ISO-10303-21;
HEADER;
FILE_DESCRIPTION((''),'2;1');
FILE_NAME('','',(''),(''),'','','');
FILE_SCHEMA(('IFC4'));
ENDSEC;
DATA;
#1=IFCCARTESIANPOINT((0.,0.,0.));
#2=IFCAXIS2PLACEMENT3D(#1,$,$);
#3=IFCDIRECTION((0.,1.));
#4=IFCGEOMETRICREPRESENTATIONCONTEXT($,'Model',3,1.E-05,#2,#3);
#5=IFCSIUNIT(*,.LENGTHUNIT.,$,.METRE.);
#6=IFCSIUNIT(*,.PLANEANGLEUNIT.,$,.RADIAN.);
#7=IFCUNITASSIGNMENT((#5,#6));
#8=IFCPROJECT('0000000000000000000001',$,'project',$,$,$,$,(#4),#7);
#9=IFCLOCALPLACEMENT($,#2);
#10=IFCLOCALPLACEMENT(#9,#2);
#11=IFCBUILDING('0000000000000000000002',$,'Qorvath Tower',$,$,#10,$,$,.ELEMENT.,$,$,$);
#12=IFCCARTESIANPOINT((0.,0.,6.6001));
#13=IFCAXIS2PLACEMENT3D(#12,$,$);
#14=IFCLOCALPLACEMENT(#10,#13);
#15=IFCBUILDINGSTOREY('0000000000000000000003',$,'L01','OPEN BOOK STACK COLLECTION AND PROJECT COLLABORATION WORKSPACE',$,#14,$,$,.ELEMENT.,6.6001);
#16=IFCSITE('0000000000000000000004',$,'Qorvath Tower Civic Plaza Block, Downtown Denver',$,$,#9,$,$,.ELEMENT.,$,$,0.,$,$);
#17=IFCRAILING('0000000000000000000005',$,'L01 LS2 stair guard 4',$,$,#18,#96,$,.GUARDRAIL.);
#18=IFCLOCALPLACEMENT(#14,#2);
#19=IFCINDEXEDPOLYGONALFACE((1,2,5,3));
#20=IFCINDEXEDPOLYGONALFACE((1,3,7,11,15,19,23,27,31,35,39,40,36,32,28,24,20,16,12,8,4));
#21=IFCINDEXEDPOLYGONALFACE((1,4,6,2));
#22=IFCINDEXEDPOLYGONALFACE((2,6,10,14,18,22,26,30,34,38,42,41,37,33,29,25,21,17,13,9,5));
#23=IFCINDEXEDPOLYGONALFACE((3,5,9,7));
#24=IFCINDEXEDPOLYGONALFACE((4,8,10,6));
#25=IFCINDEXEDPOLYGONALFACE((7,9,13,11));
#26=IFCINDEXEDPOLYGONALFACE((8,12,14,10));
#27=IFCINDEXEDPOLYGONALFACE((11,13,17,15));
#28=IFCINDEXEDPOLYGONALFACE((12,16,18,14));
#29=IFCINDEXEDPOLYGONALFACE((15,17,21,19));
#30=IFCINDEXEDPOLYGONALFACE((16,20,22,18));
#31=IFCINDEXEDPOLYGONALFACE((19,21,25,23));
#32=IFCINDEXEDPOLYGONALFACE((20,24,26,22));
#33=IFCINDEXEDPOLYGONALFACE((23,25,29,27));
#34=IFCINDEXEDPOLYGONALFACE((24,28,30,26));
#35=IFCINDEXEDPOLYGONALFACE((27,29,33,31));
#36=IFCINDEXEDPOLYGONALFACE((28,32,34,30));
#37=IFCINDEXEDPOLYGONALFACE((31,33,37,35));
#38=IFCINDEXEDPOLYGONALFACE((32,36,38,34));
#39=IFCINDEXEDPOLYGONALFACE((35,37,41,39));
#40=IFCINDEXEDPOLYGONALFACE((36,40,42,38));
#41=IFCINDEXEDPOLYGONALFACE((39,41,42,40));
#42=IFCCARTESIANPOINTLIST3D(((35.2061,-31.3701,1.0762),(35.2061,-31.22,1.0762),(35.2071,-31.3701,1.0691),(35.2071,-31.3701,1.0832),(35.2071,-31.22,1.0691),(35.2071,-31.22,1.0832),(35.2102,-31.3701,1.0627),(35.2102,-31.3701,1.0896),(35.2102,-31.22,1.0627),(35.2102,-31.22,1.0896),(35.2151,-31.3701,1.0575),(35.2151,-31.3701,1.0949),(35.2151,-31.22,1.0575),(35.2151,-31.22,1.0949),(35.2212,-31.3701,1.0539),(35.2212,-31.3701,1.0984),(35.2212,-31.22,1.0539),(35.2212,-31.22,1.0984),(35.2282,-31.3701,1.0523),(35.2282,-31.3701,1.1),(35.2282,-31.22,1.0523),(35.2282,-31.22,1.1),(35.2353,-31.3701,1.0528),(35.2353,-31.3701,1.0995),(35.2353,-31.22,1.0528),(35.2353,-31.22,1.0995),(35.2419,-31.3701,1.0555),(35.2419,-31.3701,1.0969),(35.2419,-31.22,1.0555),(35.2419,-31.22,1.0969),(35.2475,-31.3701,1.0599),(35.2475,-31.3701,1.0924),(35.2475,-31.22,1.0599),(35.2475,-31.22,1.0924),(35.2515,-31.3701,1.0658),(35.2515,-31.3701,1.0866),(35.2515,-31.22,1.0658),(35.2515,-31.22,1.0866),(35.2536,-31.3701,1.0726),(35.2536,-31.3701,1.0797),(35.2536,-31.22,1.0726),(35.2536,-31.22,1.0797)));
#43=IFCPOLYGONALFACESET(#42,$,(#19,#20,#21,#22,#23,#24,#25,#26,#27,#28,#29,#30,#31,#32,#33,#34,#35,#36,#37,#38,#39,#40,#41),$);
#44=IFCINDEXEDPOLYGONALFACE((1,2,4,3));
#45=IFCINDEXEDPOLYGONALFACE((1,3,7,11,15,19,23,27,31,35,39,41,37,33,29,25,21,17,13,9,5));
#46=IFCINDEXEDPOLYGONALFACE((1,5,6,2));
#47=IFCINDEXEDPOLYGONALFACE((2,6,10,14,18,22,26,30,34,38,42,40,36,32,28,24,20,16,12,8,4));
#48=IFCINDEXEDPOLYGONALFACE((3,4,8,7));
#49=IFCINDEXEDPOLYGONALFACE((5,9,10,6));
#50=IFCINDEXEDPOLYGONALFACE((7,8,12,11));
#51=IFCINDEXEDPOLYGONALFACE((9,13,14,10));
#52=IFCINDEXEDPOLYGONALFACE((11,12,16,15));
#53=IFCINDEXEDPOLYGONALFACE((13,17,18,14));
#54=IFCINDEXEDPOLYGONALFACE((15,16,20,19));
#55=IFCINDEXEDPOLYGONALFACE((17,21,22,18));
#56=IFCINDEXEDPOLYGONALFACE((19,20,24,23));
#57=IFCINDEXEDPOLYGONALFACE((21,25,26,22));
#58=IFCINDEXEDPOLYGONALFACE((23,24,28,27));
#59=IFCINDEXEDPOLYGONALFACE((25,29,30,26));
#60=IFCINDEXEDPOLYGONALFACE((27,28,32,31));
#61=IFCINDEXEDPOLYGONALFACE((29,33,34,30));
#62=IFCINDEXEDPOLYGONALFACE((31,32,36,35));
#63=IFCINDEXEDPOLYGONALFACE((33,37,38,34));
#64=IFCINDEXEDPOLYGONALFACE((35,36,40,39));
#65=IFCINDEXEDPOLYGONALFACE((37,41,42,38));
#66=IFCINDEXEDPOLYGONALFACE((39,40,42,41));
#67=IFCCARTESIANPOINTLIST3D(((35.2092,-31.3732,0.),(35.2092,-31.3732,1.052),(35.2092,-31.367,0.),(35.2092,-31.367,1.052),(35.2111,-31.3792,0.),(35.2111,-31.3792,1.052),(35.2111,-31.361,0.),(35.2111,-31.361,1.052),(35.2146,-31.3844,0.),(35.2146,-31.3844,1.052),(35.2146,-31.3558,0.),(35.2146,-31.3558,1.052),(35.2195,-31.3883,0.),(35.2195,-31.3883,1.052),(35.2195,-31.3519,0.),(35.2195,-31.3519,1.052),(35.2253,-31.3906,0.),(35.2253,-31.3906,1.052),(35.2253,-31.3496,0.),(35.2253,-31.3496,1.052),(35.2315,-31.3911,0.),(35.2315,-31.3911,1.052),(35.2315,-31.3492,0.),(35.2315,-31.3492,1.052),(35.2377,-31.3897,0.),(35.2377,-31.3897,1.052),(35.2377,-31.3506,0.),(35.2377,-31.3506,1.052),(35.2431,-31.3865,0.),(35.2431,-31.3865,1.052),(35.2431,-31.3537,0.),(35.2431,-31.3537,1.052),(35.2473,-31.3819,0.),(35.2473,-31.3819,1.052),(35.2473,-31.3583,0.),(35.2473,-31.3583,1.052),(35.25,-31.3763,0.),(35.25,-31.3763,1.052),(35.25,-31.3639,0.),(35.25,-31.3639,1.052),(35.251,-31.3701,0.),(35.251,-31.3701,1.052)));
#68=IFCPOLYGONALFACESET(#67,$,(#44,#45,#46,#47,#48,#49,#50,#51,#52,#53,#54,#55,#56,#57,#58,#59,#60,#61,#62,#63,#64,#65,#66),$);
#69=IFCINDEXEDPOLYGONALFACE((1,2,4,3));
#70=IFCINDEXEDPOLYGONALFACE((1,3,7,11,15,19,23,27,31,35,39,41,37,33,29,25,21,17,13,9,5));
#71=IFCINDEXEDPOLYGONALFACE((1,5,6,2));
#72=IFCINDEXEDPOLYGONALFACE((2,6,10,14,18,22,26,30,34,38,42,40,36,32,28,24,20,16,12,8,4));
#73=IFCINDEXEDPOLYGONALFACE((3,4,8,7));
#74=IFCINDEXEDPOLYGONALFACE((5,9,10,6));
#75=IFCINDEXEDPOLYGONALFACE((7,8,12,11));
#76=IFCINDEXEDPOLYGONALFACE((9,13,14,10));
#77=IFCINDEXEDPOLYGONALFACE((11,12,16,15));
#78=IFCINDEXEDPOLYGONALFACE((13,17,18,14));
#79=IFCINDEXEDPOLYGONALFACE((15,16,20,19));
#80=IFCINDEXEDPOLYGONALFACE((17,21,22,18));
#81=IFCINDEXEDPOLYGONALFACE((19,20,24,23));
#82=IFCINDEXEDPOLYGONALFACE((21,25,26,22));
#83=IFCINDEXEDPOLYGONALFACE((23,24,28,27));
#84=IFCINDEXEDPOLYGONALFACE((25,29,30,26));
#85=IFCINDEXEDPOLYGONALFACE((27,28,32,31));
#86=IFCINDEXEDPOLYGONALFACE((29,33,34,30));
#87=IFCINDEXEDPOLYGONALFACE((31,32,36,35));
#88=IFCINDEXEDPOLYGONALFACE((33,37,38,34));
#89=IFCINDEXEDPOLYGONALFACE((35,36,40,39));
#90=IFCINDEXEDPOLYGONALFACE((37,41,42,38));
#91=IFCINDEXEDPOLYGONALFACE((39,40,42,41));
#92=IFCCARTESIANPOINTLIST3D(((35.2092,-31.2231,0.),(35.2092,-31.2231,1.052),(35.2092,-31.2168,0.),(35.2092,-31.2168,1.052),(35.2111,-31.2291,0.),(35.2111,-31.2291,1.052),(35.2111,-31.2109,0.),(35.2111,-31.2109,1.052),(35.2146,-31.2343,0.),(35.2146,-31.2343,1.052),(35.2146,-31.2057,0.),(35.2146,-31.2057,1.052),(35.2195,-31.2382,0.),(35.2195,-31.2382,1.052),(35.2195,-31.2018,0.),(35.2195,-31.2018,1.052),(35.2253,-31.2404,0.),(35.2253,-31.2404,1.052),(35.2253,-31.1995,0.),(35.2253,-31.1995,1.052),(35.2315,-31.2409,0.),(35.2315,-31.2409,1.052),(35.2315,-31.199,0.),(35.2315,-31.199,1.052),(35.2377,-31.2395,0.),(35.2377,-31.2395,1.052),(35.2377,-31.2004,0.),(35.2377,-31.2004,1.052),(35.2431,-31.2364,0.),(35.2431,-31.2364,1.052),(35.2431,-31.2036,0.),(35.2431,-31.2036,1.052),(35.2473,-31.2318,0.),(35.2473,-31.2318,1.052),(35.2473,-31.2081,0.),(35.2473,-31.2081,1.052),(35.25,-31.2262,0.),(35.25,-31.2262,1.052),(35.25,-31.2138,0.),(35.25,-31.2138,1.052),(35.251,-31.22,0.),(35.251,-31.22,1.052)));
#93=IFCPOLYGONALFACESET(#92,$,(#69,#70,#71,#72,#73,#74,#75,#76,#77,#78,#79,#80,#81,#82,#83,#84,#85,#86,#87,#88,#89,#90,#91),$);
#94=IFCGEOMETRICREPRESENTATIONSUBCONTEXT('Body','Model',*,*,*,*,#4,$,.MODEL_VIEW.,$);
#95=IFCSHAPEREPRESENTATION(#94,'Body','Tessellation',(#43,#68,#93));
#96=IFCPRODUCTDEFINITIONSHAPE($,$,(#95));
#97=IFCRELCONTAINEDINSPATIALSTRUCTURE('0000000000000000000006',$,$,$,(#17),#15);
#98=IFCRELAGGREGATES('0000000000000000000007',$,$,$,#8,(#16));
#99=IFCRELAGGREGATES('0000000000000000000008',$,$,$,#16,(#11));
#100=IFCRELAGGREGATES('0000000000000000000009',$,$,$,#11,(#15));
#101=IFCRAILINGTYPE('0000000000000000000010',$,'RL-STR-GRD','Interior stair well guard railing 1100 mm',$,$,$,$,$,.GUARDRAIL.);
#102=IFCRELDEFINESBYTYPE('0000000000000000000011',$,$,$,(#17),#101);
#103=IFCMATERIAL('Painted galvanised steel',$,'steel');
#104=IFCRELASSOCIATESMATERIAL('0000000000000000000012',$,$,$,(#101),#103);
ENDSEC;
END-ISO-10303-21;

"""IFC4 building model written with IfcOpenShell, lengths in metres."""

from ifc_helpers import new_model, si_unit, direction, frame, origin, origin_2d, place, context, subcontext, project, spatial, circle, extrude, material, type_object, element, save


model = new_model("IFC4")

# Units and contexts
model_context = context("Model", 3, precision=1e-05, world=origin(), true_north=direction((0.0, 1.0)))
body_context = subcontext(model_context, "Body", "Model", "MODEL_VIEW")
ifc_project = project(units=[si_unit("LENGTHUNIT", "METRE"), si_unit("PLANEANGLEUNIT", "RADIAN")], contexts=[model_context])

# Site, building, storey
site_placement = place(None, origin())
site = spatial("IfcSite", under=ifc_project, at=site_placement, Name="Qorvath Tower Civic Plaza Block, Downtown Denver", CompositionType="ELEMENT", RefElevation=0.0)
building_placement = place(site_placement, origin())
building = spatial("IfcBuilding", under=site, at=building_placement, Name="Qorvath Tower", CompositionType="ELEMENT")
storey_placement = place(building_placement, frame((0.0, 0.0, 6.6001)))
storey = spatial("IfcBuildingStorey", under=building, at=storey_placement, Name="L01", Description="OPEN BOOK STACK COLLECTION AND PROJECT COLLABORATION WORKSPACE", CompositionType="ELEMENT", Elevation=6.6001)

# Railing
ifc_material_1 = material(Name="Painted galvanised steel", Category="steel")
railing_type_1 = type_object("IfcRailingType", Name="RL-STR-GRD", Description="Interior stair well guard railing 1100 mm", PredefinedType="GUARDRAIL", material=ifc_material_1)
railing_1_placement = place(storey_placement, frame((35.23, -31.3701, 0.0)))
element("IfcRailing", 1, at=railing_1_placement, inside=storey, type_object=railing_type_1, Name="L01 LS2 stair guard 4", PredefinedType="GUARDRAIL", context=body_context, shape_type="SweptSolid", body=[
    extrude(circle(Radius=0.0239, at=origin_2d()), frame((0.0, 0.0, 1.0762), z_axis=(0.0, 1.0, 0.0), x_axis=(-1.0, 0.0, 0.0)), (0.0, 0.0, 1.0), 0.1501),
    extrude(circle(Radius=0.021, at=origin_2d()), origin(), (0.0, 0.0, 1.0), 1.052),
    extrude(circle(Radius=0.021, at=origin_2d()), frame((0.0, 0.1501, 0.0)), (0.0, 0.0, 1.0), 1.052),
])

save(model, "model.ifc")
